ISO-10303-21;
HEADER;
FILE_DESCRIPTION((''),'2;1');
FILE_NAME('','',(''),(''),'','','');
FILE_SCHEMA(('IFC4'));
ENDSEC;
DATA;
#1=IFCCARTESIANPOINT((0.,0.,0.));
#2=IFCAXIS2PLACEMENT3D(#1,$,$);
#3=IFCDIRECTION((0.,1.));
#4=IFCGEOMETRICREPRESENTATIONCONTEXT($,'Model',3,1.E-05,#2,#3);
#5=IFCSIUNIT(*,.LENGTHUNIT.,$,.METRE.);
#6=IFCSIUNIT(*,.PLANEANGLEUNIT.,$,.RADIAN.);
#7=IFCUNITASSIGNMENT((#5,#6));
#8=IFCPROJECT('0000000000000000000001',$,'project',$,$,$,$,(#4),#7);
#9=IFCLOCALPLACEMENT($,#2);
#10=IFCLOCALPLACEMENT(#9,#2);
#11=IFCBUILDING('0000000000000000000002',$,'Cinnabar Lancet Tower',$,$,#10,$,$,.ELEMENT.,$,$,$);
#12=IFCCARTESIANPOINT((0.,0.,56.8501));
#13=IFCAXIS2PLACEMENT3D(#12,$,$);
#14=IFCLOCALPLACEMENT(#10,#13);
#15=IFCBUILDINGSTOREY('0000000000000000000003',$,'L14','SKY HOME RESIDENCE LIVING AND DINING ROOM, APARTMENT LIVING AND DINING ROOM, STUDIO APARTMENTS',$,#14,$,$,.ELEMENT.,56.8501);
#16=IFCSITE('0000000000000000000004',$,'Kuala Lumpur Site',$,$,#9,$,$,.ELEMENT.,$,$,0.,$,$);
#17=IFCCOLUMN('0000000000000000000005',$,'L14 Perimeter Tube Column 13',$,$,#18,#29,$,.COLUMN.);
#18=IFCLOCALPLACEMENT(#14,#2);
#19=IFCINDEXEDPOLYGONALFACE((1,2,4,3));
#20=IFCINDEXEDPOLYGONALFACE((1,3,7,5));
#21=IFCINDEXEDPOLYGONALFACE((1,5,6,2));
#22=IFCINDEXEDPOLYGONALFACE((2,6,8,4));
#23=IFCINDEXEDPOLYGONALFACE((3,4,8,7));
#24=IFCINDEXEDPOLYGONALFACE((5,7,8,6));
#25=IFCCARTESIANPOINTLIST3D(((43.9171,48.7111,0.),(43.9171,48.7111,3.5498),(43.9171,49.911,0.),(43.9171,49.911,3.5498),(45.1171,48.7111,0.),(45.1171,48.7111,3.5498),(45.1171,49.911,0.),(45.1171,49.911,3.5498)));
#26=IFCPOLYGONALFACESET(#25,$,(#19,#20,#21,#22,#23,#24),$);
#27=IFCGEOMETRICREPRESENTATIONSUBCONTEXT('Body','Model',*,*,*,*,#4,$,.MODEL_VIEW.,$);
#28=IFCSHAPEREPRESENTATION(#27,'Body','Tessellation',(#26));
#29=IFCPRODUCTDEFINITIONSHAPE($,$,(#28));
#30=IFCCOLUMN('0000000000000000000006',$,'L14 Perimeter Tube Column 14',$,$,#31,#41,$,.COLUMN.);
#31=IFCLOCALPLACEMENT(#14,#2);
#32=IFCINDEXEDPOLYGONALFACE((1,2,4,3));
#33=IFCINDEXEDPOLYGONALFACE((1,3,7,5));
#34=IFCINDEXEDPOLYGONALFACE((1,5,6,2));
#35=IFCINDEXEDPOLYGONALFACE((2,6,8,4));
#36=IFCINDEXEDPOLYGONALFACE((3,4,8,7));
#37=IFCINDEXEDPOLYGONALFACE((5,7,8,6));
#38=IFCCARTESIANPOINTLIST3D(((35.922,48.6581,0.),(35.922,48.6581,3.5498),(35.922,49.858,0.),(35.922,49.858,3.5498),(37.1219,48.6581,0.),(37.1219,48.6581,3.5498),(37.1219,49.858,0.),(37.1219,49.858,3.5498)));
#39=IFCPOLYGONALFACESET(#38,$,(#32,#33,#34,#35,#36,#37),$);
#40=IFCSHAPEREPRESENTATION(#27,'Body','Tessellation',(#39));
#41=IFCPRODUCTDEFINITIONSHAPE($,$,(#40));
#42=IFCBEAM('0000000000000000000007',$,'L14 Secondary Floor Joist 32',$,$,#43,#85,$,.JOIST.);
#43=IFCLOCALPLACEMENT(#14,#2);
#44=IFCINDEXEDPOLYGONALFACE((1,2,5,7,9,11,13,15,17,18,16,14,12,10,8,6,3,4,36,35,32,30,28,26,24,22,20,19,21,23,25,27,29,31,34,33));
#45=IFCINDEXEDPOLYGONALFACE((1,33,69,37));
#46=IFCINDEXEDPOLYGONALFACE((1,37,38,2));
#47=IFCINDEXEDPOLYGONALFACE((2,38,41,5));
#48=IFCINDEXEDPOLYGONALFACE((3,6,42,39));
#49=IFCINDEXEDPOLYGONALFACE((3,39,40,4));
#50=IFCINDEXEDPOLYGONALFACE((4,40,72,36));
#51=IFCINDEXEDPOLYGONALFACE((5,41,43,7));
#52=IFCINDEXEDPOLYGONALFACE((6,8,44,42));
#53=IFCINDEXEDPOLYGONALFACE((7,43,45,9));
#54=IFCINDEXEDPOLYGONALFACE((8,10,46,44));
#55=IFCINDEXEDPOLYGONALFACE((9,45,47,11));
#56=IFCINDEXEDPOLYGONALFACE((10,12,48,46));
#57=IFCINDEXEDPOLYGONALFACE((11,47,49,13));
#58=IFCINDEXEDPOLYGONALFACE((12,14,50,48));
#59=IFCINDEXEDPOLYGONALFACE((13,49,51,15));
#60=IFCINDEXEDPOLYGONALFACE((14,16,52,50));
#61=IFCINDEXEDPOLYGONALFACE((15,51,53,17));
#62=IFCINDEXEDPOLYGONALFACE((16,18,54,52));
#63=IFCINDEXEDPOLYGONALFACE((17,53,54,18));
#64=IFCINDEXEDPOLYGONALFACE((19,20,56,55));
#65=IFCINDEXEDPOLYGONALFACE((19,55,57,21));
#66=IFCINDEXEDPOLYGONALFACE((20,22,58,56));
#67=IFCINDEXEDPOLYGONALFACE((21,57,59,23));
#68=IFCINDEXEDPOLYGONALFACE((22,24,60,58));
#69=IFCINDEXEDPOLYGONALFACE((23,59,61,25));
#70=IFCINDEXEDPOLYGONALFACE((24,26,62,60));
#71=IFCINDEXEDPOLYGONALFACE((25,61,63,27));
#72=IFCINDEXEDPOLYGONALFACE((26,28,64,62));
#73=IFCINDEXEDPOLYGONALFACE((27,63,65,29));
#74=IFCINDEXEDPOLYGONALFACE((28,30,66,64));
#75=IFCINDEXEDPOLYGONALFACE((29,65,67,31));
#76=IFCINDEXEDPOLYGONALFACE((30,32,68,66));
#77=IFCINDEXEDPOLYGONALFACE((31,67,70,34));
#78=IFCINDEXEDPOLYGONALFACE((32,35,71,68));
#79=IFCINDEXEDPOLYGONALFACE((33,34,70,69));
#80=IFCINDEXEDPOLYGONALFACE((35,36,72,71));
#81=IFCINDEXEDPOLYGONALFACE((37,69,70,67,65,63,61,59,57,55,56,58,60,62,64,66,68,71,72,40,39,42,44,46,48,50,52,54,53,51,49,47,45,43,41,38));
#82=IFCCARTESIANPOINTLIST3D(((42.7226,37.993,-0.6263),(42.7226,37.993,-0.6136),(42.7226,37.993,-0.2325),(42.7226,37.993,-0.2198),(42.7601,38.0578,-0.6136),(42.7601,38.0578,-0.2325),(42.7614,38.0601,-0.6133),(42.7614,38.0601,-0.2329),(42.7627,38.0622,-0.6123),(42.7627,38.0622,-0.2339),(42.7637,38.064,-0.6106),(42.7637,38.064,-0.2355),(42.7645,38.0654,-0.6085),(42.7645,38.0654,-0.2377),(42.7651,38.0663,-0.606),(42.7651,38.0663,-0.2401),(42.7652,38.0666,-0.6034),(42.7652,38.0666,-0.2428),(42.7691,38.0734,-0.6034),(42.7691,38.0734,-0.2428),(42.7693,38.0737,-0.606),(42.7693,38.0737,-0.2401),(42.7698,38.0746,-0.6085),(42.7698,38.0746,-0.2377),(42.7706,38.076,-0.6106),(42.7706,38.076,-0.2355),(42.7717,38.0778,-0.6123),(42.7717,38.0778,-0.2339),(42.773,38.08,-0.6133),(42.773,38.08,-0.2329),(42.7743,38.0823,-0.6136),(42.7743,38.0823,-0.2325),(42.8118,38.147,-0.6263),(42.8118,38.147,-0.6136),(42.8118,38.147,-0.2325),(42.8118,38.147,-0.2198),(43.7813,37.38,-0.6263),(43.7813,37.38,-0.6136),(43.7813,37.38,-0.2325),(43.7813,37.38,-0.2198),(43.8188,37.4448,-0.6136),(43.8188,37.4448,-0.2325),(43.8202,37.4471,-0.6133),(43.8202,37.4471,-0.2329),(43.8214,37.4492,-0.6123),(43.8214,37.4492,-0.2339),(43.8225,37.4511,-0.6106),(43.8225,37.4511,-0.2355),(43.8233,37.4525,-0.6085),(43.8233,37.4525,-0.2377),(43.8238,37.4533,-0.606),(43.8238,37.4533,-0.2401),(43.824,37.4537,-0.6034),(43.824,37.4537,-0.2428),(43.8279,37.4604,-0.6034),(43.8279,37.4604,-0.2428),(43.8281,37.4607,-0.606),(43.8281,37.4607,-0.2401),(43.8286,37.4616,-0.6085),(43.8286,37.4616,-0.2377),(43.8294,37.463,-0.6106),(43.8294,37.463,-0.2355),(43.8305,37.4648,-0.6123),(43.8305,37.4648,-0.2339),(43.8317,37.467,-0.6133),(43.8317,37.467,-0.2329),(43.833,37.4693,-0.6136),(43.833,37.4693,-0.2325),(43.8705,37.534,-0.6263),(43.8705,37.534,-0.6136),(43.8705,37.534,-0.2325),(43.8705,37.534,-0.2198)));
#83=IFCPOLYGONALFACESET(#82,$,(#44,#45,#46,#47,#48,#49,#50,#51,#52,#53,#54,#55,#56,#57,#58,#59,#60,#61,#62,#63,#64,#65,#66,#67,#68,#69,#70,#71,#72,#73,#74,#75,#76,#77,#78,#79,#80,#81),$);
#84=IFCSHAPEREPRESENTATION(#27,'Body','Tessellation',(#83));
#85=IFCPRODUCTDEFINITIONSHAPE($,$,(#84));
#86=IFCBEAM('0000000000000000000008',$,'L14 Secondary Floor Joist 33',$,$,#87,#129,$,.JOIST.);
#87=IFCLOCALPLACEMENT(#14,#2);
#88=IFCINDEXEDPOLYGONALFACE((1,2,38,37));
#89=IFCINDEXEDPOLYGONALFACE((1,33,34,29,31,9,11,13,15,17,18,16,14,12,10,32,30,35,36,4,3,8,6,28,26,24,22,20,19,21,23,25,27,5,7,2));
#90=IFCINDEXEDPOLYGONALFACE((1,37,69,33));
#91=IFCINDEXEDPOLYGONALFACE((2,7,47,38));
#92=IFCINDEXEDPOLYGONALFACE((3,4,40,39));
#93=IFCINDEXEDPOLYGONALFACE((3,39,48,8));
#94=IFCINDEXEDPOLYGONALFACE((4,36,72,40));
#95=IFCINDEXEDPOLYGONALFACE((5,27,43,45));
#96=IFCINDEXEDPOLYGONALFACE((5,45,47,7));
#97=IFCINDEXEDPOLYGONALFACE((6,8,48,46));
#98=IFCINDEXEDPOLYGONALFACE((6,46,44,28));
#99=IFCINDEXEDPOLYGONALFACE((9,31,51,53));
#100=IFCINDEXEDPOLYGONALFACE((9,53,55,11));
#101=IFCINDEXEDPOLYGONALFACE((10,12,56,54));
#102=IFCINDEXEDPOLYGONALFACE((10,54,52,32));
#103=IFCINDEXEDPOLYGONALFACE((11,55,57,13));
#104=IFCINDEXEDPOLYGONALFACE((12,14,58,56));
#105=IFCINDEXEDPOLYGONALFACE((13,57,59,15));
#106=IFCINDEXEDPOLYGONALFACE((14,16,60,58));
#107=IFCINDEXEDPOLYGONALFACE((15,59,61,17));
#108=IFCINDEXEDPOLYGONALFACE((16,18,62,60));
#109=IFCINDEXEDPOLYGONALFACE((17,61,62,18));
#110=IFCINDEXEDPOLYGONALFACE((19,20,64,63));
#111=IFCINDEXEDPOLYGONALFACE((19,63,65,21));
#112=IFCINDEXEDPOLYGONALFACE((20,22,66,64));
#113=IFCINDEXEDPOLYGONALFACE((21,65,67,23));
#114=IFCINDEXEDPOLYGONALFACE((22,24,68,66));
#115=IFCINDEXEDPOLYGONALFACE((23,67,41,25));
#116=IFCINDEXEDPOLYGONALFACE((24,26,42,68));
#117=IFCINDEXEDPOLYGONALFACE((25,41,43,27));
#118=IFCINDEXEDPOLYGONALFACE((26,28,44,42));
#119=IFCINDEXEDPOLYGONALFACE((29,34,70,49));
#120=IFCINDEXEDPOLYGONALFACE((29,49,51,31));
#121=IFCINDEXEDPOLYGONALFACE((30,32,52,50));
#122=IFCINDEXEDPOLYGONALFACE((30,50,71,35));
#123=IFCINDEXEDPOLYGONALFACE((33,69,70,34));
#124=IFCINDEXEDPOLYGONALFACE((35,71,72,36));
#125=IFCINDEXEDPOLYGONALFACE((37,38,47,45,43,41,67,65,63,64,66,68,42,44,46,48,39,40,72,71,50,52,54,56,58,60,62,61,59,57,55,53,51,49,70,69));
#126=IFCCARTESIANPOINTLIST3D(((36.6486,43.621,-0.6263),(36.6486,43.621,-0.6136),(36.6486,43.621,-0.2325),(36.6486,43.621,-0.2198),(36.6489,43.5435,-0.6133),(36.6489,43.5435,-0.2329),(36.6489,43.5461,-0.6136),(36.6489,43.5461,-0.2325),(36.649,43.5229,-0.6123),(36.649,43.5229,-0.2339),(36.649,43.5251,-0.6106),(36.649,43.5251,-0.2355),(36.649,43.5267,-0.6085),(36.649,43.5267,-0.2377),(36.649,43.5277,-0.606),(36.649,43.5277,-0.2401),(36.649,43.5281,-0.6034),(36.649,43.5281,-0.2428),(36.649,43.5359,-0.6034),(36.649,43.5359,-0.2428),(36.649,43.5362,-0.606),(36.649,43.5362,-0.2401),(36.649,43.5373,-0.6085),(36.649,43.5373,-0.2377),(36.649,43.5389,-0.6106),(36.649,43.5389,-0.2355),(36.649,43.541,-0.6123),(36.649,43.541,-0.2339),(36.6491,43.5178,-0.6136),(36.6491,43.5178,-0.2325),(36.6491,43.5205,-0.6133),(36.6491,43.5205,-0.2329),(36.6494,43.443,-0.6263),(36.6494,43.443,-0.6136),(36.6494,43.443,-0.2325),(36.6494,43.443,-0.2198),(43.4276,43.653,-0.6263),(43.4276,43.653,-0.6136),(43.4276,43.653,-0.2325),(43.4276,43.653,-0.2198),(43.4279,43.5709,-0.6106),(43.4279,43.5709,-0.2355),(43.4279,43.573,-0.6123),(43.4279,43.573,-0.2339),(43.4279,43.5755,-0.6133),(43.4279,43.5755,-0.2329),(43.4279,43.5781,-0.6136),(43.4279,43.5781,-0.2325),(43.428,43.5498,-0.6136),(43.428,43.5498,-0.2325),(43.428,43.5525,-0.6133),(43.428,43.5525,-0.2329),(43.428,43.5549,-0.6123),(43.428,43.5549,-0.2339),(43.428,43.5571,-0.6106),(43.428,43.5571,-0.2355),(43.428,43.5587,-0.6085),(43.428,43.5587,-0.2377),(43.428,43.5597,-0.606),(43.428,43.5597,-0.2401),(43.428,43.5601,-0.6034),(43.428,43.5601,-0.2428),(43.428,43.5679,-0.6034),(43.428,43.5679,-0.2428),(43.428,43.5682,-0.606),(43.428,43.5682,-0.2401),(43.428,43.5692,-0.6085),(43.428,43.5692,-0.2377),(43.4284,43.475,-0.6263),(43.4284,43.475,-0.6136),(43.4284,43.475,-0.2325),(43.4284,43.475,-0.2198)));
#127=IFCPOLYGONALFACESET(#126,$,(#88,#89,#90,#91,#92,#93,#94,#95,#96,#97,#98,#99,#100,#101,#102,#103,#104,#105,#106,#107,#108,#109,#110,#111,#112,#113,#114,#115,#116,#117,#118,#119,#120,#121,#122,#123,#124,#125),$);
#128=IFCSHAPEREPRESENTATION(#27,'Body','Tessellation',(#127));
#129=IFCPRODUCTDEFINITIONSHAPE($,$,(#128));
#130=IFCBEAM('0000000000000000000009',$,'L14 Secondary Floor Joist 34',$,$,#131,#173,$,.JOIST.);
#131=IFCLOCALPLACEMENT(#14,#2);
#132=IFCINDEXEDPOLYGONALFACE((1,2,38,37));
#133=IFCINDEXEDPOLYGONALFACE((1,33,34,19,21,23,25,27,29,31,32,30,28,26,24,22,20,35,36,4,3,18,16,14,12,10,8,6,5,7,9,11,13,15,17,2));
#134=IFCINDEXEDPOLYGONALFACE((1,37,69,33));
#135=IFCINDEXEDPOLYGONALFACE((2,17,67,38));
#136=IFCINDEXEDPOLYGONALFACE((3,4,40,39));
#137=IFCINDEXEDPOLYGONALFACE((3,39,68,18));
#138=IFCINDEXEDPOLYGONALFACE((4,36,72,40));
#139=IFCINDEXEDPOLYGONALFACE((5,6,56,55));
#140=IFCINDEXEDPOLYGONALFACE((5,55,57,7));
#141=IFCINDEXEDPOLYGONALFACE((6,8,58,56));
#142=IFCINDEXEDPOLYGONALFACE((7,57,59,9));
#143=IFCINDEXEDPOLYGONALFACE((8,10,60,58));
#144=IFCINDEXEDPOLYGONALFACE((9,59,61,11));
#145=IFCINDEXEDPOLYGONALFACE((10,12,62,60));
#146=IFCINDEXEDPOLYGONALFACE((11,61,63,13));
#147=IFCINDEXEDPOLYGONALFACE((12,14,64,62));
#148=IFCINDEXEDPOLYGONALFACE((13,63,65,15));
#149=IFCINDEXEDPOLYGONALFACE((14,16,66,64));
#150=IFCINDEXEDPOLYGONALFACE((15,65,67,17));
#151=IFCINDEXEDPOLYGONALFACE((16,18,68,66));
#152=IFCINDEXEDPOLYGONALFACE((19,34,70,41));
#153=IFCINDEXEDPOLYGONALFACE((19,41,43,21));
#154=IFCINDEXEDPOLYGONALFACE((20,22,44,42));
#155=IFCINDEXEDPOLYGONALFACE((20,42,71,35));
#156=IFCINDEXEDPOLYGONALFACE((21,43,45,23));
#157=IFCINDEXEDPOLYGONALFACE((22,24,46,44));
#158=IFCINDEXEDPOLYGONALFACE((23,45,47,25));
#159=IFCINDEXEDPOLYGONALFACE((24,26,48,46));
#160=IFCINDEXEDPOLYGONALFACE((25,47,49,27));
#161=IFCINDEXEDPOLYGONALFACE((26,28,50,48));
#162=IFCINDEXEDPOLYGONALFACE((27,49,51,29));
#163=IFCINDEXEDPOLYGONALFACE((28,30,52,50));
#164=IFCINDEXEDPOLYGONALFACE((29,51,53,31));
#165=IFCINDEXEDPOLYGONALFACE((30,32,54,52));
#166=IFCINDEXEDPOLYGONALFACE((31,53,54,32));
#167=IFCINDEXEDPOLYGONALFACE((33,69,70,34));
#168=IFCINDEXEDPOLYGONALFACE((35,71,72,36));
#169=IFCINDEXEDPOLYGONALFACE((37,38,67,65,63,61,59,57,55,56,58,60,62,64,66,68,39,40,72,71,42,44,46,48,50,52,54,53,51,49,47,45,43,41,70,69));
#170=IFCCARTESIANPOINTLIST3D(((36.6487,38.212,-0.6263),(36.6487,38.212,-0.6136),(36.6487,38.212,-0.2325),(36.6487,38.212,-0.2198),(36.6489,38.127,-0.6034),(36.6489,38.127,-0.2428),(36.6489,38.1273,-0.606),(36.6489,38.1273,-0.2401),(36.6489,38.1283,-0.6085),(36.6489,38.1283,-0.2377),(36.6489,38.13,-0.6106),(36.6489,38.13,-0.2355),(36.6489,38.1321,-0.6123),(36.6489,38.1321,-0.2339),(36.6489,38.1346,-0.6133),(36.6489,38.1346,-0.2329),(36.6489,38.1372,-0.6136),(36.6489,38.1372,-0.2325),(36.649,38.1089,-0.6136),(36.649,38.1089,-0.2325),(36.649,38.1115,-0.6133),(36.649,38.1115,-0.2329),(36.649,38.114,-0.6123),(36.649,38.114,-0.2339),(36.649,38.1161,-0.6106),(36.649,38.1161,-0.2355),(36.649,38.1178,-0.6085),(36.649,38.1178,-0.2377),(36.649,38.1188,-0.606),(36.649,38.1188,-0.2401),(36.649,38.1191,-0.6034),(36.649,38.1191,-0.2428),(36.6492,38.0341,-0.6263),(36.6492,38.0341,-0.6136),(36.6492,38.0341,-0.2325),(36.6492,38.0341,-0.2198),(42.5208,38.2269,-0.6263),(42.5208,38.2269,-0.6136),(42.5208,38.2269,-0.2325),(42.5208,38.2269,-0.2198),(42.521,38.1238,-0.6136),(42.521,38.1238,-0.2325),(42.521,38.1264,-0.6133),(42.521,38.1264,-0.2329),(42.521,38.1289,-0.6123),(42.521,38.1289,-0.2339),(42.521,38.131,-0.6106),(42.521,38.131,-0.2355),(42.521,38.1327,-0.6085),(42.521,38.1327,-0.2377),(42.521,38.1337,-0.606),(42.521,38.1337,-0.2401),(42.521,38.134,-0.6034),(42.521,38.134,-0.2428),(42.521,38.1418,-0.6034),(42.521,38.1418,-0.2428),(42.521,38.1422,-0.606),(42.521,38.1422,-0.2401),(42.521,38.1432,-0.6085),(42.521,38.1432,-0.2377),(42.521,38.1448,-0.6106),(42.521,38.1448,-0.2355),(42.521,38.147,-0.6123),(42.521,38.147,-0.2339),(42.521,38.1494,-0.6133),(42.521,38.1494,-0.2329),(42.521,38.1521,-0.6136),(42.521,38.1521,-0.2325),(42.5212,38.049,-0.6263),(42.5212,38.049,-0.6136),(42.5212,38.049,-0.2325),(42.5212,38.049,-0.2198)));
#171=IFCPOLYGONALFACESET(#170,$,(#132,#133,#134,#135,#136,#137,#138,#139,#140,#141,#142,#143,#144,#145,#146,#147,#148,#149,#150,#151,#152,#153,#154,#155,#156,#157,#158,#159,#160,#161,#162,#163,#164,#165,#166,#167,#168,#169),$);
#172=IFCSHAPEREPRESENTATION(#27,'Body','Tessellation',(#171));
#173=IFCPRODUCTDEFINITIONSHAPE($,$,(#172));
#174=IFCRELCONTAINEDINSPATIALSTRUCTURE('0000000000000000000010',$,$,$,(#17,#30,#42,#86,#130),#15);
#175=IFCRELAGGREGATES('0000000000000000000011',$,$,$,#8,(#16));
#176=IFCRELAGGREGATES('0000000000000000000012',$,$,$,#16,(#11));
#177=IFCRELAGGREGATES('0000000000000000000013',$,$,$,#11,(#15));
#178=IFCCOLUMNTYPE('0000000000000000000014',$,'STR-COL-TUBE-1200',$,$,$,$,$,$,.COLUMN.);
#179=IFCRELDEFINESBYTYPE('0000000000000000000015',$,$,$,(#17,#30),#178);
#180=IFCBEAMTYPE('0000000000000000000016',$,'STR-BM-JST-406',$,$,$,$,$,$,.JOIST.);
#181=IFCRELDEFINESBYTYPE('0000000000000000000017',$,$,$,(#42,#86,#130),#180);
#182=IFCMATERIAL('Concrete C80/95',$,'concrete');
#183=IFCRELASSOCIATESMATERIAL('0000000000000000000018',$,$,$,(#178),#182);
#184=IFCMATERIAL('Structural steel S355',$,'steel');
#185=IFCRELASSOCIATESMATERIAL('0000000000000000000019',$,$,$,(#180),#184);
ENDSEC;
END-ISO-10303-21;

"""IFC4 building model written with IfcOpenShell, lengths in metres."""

from ifc_helpers import new_model, si_unit, direction, frame, origin, origin_2d, place, context, subcontext, project, spatial, rectangle, i_section, extrude, material, material_profile, profile_set, type_object, element, save


model = new_model("IFC4")

# Units and contexts
model_context = context("Model", 3, precision=1e-05, world=origin(), true_north=direction((0.0, 1.0)))
body_context = subcontext(model_context, "Body", "Model", "MODEL_VIEW")
ifc_project = project(units=[si_unit("LENGTHUNIT", "METRE"), si_unit("PLANEANGLEUNIT", "RADIAN")], contexts=[model_context])

# Site, building, storey
site_placement = place(None, origin())
site = spatial("IfcSite", under=ifc_project, at=site_placement, Name="Kuala Lumpur Site", CompositionType="ELEMENT", RefElevation=0.0)
building_placement = place(site_placement, origin())
building = spatial("IfcBuilding", under=site, at=building_placement, Name="Cinnabar Lancet Tower", CompositionType="ELEMENT")
storey_placement = place(building_placement, frame((0.0, 0.0, 56.8501)))
storey = spatial("IfcBuildingStorey", under=building, at=storey_placement, Name="L14", Description="SKY HOME RESIDENCE LIVING AND DINING ROOM, APARTMENT LIVING AND DINING ROOM, STUDIO APARTMENTS", CompositionType="ELEMENT", Elevation=56.8501)

# Columns
ifc_material_1 = material(Name="Concrete C80/95", Category="concrete")
ifc_material_profile_1 = material_profile(ifc_material_1, rectangle(XDim=1.2, YDim=1.2, at=origin_2d()), Name="RC-COL 1200x1200")
ifc_profile_set_1 = profile_set([ifc_material_profile_1], Name="Concrete C80/95")
column_type = type_object("IfcColumnType", Name="STR-COL-TUBE-1200", PredefinedType="COLUMN", material=ifc_profile_set_1)
for number, where, z_axis, x_axis, name in (
    (1, (44.5171, 49.311, 0.0), (0.0, 0.0, 1.0), (1.0, 0.0, 0.0), "L14 Perimeter Tube Column 13"),
    (2, (36.522, 49.2581, 0.0), (0.0, 0.0, 1.0), (1.0, 0.0, 0.0), "L14 Perimeter Tube Column 14"),
):
    element("IfcColumn", number, at=place(storey_placement, frame(where, z_axis=z_axis, x_axis=x_axis)), inside=storey, type_object=column_type, Name=name, PredefinedType="COLUMN", context=body_context, shape_type="SweptSolid", body=[
        extrude(rectangle(XDim=1.2, YDim=1.2, at=origin_2d()), origin(), (0.0, 0.0, 1.0), 3.5498),
    ])

# Beams
ifc_material_2 = material(Name="Structural steel S355", Category="steel")
ifc_material_profile_2 = material_profile(ifc_material_2, i_section(OverallWidth=0.178, OverallDepth=0.4065, WebThickness=0.0078, FlangeThickness=0.0127, FilletRadius=0.0103, at=origin_2d()), Name="UKB 406x178x60")
ifc_profile_set_2 = profile_set([ifc_material_profile_2], Name="Structural steel S355")
beam_type_1 = type_object("IfcBeamType", Name="STR-BM-JST-406", PredefinedType="JOIST", material=ifc_profile_set_2)
beam_1_placement = place(storey_placement, frame((43.8259, 37.457, -0.4231), z_axis=(-0.865417, 0.501052, 0.0), x_axis=(-0.501052, -0.865417, 0.0)))
element("IfcBeam", 3, at=beam_1_placement, inside=storey, type_object=beam_type_1, Name="L14 Secondary Floor Joist 32", PredefinedType="JOIST", context=body_context, shape_type="SweptSolid", body=[
    extrude(i_section(OverallWidth=0.178, OverallDepth=0.4065, WebThickness=0.0078, FlangeThickness=0.0127, FilletRadius=0.0103, at=origin_2d()), origin(), (0.0, 0.0, 1.0), 1.2234),
])
beam_2_placement = place(storey_placement, frame((43.428, 43.564, -0.4231), z_axis=(-0.999989, -0.004718, 0.0), x_axis=(0.004718, -0.999989, 0.0)))
element("IfcBeam", 4, at=beam_2_placement, inside=storey, type_object=beam_type_1, Name="L14 Secondary Floor Joist 33", PredefinedType="JOIST", context=body_context, shape_type="SweptSolid", body=[
    extrude(i_section(OverallWidth=0.178, OverallDepth=0.4065, WebThickness=0.0078, FlangeThickness=0.0127, FilletRadius=0.0103, at=origin_2d()), origin(), (0.0, 0.0, 1.0), 6.7791),
])
beam_3_placement = place(storey_placement, frame((42.521, 38.1379, -0.4231), z_axis=(-0.999997, -0.002536, 0.0), x_axis=(0.002536, -0.999997, 0.0)))
element("IfcBeam", 5, at=beam_3_placement, inside=storey, type_object=beam_type_1, Name="L14 Secondary Floor Joist 34", PredefinedType="JOIST", context=body_context, shape_type="SweptSolid", body=[
    extrude(i_section(OverallWidth=0.178, OverallDepth=0.4065, WebThickness=0.0078, FlangeThickness=0.0127, FilletRadius=0.0103, at=origin_2d()), origin(), (0.0, 0.0, 1.0), 5.8721),
])

save(model, "model.ifc")
